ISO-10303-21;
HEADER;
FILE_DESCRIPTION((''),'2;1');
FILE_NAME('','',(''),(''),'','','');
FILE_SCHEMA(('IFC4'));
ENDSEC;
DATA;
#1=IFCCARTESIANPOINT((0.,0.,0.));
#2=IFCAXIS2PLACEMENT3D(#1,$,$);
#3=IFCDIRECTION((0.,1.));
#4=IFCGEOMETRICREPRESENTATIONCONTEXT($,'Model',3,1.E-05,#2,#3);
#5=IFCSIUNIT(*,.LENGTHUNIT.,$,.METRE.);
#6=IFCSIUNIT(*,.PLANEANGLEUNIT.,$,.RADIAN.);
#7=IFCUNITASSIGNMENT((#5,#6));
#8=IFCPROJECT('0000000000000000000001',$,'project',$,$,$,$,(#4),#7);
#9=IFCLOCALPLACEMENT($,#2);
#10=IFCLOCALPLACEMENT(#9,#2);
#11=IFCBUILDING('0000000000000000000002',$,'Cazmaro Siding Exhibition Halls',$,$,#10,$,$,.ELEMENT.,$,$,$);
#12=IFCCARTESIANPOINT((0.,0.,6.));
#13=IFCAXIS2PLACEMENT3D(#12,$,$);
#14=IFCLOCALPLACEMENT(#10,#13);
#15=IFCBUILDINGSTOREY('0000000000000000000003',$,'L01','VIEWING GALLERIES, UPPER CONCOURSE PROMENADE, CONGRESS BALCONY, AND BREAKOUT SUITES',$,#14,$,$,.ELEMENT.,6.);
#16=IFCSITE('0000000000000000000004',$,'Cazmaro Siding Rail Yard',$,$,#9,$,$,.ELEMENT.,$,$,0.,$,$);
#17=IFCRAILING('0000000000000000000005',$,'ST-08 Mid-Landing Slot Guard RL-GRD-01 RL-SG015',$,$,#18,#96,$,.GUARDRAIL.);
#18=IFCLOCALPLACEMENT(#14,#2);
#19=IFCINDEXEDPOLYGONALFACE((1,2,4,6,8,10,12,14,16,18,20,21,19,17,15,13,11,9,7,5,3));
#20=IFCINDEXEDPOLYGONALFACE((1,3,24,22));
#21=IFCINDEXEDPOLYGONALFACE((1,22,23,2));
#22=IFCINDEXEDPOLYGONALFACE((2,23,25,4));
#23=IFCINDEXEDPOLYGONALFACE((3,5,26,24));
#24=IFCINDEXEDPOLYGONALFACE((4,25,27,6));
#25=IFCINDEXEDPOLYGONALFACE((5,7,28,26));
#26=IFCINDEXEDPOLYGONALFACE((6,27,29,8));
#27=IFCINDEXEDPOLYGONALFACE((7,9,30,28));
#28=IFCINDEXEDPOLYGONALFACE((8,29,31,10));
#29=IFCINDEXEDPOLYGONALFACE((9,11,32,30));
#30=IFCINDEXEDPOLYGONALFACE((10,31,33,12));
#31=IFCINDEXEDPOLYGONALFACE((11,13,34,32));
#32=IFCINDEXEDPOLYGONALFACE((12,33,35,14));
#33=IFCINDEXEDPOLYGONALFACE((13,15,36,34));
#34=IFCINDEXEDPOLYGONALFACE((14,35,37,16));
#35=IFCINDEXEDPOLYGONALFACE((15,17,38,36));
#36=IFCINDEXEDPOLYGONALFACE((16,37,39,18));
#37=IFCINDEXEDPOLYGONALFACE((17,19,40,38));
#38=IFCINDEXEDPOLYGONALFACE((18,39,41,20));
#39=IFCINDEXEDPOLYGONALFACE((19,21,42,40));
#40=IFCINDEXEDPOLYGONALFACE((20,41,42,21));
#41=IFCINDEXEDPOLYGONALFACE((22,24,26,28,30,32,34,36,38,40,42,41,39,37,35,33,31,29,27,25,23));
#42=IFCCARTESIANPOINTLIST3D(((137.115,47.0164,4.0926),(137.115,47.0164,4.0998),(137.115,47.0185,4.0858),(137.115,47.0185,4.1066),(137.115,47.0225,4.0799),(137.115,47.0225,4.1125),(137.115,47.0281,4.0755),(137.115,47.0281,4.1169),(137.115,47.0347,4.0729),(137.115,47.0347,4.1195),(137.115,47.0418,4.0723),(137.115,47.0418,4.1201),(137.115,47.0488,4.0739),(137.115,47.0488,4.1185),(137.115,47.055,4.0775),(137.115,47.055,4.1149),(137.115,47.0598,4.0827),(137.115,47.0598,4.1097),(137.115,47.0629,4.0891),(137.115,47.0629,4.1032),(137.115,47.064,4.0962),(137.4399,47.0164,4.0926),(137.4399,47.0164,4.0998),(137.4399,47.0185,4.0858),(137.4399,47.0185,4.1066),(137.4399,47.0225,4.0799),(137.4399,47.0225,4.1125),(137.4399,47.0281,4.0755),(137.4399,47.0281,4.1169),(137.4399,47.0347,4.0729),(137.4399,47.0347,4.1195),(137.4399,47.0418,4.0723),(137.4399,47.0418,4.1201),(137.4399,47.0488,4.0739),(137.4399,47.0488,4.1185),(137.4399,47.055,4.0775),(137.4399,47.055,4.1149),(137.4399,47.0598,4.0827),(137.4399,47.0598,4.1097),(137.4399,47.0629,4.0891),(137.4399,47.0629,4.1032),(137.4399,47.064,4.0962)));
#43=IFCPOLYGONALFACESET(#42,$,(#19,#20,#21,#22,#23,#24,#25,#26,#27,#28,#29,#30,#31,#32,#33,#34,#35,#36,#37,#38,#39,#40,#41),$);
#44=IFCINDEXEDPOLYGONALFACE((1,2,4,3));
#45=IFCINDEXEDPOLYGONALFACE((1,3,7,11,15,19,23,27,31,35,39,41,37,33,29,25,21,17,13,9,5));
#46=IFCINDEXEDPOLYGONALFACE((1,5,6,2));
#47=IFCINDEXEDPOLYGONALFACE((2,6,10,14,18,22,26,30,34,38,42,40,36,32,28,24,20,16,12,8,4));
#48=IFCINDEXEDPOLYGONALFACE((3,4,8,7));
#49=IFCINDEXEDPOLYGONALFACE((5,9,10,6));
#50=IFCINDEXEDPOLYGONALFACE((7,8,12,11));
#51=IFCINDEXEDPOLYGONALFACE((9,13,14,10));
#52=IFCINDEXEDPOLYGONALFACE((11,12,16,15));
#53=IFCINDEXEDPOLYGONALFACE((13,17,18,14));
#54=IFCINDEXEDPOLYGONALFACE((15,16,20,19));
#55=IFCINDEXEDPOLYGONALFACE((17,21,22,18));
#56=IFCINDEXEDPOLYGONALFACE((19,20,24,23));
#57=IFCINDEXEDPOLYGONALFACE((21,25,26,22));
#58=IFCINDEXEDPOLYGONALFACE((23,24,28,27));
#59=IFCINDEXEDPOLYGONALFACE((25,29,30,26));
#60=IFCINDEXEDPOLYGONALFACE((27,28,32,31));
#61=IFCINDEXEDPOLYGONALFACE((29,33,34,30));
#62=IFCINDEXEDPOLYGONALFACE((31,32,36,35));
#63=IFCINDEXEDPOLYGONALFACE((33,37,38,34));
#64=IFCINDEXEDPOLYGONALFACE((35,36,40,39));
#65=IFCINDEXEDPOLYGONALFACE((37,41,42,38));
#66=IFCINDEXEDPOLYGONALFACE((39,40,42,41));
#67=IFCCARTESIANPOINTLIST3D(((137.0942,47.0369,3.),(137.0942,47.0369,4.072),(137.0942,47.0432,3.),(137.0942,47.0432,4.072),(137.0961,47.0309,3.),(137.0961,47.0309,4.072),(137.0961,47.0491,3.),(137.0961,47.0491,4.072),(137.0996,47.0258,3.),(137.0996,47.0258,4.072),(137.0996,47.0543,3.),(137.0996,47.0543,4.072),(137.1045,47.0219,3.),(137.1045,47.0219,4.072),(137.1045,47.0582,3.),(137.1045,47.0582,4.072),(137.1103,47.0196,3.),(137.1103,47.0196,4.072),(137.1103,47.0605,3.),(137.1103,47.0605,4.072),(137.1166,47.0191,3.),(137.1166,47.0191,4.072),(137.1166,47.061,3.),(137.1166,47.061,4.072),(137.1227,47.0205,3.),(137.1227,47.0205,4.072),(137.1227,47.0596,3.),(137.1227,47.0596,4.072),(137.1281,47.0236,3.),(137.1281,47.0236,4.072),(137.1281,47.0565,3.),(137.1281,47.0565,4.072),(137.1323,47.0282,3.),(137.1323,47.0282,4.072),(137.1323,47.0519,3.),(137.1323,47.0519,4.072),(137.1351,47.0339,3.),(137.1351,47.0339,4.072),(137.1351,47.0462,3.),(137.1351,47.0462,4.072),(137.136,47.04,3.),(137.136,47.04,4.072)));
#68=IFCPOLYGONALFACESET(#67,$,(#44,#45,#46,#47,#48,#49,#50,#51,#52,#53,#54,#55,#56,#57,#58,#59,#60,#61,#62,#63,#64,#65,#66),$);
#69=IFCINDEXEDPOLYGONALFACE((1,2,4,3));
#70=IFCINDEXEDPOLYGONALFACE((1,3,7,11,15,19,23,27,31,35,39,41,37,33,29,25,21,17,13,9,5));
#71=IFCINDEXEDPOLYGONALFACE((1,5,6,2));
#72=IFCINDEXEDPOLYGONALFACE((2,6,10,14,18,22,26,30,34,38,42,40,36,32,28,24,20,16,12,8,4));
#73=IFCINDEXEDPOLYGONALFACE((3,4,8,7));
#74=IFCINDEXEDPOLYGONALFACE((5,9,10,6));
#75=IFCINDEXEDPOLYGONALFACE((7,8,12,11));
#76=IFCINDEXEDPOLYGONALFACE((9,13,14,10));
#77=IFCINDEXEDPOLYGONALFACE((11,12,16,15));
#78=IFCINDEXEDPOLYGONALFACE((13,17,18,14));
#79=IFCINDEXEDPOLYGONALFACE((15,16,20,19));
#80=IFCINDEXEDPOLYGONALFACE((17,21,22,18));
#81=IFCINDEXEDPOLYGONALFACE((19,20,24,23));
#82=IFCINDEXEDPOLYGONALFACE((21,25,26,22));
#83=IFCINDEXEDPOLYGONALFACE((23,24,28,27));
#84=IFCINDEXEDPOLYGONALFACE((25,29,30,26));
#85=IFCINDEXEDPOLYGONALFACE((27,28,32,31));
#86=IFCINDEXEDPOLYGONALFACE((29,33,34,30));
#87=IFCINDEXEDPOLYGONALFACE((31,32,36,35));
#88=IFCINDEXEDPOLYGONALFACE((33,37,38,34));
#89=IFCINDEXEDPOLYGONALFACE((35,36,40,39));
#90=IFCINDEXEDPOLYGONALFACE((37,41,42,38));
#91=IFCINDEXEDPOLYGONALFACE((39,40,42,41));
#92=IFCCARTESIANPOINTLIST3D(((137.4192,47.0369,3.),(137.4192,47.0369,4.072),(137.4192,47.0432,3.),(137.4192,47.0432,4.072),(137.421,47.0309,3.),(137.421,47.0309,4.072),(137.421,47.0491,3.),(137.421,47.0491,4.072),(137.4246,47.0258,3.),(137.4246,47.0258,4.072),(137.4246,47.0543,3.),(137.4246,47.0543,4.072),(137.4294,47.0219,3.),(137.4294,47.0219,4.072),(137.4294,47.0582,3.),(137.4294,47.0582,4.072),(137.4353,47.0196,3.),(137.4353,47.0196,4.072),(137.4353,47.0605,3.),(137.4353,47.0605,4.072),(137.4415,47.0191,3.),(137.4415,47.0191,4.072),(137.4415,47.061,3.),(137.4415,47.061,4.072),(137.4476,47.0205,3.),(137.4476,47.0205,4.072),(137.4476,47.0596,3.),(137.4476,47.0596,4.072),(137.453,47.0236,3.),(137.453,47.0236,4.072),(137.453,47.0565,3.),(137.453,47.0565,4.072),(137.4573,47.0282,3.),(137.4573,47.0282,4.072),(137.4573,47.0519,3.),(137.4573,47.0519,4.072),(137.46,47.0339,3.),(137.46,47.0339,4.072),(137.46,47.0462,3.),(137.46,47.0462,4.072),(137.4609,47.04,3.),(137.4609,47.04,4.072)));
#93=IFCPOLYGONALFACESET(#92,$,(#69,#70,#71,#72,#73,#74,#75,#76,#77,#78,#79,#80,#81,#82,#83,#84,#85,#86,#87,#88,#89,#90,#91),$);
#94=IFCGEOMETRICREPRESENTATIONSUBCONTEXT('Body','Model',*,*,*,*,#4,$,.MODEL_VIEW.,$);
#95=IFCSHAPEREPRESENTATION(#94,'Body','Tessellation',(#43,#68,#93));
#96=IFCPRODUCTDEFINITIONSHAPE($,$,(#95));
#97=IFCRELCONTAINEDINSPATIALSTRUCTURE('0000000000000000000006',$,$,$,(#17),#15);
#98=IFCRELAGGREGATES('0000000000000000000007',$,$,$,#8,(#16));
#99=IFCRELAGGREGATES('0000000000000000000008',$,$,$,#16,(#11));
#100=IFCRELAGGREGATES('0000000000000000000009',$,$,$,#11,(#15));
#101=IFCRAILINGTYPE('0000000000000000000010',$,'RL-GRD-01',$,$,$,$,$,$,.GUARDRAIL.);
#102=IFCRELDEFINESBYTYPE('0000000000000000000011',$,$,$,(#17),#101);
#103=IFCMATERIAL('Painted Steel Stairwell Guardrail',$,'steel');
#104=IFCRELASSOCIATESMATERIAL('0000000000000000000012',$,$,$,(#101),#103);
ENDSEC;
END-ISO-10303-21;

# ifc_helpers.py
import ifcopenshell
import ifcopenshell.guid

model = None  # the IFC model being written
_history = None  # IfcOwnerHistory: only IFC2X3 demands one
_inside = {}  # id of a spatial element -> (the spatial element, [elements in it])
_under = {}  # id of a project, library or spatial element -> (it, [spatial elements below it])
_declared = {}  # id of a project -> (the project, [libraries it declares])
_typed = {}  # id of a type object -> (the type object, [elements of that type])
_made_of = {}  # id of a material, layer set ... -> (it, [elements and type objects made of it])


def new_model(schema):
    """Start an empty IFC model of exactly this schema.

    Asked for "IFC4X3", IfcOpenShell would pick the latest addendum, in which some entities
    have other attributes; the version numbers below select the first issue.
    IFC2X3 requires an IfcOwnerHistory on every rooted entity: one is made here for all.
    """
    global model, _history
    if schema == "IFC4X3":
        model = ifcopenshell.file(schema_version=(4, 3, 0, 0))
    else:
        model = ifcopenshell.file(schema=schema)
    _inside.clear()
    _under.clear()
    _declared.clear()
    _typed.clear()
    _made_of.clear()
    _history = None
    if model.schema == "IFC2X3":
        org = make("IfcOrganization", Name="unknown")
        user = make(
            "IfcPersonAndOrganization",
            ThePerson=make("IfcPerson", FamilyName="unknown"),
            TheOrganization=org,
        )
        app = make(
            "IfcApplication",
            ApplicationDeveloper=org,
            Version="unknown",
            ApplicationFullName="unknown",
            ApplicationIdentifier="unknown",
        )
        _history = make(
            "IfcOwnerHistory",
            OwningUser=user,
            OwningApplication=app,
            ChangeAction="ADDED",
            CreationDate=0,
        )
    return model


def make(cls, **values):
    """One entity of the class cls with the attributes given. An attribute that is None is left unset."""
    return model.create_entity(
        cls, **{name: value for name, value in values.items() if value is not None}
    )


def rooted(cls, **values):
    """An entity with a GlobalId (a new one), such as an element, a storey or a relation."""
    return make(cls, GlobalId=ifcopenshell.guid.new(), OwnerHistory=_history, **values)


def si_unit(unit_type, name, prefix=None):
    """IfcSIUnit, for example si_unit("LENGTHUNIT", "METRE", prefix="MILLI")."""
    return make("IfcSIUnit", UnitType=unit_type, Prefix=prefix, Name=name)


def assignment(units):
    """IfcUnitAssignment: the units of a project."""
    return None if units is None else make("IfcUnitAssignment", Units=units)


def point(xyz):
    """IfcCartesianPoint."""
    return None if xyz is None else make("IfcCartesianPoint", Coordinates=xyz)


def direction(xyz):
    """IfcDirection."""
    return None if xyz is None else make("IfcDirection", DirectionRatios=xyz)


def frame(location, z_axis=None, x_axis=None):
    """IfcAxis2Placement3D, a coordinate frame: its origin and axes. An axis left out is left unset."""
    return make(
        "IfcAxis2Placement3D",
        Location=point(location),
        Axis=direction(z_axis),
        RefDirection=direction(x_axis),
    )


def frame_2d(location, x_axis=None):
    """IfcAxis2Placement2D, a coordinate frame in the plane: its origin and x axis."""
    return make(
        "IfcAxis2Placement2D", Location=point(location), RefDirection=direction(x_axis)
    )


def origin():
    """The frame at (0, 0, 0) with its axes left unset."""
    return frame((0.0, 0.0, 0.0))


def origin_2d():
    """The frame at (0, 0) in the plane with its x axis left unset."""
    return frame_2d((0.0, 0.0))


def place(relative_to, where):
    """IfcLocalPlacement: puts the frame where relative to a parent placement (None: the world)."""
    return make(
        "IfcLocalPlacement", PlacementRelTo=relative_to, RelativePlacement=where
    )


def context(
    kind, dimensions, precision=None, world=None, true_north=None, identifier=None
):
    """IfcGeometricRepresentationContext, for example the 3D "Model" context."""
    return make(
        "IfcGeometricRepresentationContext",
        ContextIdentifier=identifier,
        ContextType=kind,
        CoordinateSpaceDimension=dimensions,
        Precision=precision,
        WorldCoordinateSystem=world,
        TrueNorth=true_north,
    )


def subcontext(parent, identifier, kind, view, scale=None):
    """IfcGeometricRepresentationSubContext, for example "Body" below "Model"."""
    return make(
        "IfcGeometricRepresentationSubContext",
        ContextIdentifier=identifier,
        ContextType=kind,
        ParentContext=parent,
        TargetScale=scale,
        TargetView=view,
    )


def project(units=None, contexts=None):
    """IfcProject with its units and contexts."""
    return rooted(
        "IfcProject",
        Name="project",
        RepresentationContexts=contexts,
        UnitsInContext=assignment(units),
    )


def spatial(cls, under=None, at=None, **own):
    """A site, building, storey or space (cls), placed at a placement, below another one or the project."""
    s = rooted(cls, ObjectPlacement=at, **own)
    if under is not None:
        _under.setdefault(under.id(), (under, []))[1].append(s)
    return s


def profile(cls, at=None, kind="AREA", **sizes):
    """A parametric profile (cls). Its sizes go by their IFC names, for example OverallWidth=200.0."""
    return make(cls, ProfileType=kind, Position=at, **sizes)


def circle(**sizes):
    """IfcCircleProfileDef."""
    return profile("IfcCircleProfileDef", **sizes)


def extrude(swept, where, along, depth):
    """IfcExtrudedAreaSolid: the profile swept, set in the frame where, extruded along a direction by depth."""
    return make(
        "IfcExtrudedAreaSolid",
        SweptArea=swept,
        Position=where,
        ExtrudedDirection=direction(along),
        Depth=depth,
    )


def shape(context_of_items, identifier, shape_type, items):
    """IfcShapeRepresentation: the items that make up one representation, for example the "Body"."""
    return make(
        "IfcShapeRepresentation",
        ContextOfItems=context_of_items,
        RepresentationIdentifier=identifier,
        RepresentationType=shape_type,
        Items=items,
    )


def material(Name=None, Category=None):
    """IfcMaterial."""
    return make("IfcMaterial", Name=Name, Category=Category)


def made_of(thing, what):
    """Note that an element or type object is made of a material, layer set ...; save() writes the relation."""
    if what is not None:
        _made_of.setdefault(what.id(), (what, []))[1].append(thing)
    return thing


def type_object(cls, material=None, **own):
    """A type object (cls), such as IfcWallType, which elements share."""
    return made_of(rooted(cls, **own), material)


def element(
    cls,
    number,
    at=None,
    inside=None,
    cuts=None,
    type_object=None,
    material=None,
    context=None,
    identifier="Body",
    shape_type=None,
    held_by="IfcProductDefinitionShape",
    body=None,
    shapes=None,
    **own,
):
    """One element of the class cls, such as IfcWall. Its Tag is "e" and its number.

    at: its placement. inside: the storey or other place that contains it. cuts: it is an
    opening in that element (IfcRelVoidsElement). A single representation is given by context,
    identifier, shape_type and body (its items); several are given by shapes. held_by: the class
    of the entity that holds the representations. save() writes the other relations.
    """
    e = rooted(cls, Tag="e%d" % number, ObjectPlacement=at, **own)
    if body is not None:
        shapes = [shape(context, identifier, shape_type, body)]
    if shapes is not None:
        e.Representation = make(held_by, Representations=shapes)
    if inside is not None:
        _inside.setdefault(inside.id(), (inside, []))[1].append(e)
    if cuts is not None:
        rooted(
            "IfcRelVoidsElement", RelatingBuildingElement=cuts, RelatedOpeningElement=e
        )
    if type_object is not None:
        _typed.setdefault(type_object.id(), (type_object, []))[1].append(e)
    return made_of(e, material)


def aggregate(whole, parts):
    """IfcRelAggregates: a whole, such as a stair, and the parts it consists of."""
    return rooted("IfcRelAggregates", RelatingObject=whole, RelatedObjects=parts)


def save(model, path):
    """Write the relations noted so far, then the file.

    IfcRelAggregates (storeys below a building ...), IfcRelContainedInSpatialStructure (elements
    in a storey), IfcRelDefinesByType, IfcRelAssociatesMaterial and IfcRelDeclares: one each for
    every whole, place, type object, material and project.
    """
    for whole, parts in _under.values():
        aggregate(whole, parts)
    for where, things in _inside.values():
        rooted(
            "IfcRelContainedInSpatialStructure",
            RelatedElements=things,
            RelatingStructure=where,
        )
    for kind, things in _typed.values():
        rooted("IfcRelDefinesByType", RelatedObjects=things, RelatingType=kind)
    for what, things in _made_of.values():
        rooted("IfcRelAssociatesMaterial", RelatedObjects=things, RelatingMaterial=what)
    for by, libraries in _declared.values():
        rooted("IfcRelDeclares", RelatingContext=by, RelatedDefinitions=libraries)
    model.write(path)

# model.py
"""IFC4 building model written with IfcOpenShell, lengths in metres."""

from ifc_helpers import new_model, si_unit, direction, frame, origin, origin_2d, place, context, subcontext, project, spatial, circle, extrude, material, type_object, element, save


model = new_model("IFC4")

# Units and contexts
model_context = context("Model", 3, precision=1e-05, world=origin(), true_north=direction((0.0, 1.0)))
body_context = subcontext(model_context, "Body", "Model", "MODEL_VIEW")
ifc_project = project(units=[si_unit("LENGTHUNIT", "METRE"), si_unit("PLANEANGLEUNIT", "RADIAN")], contexts=[model_context])

# Site, building, storey
site_placement = place(None, origin())
site = spatial("IfcSite", under=ifc_project, at=site_placement, Name="Cazmaro Siding Rail Yard", CompositionType="ELEMENT", RefElevation=0.0)
building_placement = place(site_placement, origin())
building = spatial("IfcBuilding", under=site, at=building_placement, Name="Cazmaro Siding Exhibition Halls", CompositionType="ELEMENT")
storey_placement = place(building_placement, frame((0.0, 0.0, 6.0)))
storey = spatial("IfcBuildingStorey", under=building, at=storey_placement, Name="L01", Description="VIEWING GALLERIES, UPPER CONCOURSE PROMENADE, CONGRESS BALCONY, AND BREAKOUT SUITES", CompositionType="ELEMENT", Elevation=6.0)

# Railing
ifc_material_1 = material(Name="Painted Steel Stairwell Guardrail", Category="steel")
railing_type_1 = type_object("IfcRailingType", Name="RL-GRD-01", PredefinedType="GUARDRAIL", material=ifc_material_1)
for number, where, name in (
    (1, (137.115, 47.04, 3.0), "ST-08 Mid-Landing Slot Guard RL-GRD-01 RL-SG015"),
):
    element("IfcRailing", number, at=place(storey_placement, frame(where)), inside=storey, type_object=railing_type_1, Name=name, PredefinedType="GUARDRAIL", context=body_context, shape_type="SweptSolid", body=[
        extrude(circle(Radius=0.0239, at=origin_2d()), frame((0.0, 0.0, 1.0962), z_axis=(1.0, 0.0, 0.0), x_axis=(0.0, 1.0, 0.0)), (0.0, 0.0, 1.0), 0.325),
        extrude(circle(Radius=0.021, at=origin_2d()), origin(), (0.0, 0.0, 1.0), 1.072),
        extrude(circle(Radius=0.021, at=origin_2d()), frame((0.325, 0.0, 0.0)), (0.0, 0.0, 1.0), 1.072),
    ])

save(model, "model.ifc")
